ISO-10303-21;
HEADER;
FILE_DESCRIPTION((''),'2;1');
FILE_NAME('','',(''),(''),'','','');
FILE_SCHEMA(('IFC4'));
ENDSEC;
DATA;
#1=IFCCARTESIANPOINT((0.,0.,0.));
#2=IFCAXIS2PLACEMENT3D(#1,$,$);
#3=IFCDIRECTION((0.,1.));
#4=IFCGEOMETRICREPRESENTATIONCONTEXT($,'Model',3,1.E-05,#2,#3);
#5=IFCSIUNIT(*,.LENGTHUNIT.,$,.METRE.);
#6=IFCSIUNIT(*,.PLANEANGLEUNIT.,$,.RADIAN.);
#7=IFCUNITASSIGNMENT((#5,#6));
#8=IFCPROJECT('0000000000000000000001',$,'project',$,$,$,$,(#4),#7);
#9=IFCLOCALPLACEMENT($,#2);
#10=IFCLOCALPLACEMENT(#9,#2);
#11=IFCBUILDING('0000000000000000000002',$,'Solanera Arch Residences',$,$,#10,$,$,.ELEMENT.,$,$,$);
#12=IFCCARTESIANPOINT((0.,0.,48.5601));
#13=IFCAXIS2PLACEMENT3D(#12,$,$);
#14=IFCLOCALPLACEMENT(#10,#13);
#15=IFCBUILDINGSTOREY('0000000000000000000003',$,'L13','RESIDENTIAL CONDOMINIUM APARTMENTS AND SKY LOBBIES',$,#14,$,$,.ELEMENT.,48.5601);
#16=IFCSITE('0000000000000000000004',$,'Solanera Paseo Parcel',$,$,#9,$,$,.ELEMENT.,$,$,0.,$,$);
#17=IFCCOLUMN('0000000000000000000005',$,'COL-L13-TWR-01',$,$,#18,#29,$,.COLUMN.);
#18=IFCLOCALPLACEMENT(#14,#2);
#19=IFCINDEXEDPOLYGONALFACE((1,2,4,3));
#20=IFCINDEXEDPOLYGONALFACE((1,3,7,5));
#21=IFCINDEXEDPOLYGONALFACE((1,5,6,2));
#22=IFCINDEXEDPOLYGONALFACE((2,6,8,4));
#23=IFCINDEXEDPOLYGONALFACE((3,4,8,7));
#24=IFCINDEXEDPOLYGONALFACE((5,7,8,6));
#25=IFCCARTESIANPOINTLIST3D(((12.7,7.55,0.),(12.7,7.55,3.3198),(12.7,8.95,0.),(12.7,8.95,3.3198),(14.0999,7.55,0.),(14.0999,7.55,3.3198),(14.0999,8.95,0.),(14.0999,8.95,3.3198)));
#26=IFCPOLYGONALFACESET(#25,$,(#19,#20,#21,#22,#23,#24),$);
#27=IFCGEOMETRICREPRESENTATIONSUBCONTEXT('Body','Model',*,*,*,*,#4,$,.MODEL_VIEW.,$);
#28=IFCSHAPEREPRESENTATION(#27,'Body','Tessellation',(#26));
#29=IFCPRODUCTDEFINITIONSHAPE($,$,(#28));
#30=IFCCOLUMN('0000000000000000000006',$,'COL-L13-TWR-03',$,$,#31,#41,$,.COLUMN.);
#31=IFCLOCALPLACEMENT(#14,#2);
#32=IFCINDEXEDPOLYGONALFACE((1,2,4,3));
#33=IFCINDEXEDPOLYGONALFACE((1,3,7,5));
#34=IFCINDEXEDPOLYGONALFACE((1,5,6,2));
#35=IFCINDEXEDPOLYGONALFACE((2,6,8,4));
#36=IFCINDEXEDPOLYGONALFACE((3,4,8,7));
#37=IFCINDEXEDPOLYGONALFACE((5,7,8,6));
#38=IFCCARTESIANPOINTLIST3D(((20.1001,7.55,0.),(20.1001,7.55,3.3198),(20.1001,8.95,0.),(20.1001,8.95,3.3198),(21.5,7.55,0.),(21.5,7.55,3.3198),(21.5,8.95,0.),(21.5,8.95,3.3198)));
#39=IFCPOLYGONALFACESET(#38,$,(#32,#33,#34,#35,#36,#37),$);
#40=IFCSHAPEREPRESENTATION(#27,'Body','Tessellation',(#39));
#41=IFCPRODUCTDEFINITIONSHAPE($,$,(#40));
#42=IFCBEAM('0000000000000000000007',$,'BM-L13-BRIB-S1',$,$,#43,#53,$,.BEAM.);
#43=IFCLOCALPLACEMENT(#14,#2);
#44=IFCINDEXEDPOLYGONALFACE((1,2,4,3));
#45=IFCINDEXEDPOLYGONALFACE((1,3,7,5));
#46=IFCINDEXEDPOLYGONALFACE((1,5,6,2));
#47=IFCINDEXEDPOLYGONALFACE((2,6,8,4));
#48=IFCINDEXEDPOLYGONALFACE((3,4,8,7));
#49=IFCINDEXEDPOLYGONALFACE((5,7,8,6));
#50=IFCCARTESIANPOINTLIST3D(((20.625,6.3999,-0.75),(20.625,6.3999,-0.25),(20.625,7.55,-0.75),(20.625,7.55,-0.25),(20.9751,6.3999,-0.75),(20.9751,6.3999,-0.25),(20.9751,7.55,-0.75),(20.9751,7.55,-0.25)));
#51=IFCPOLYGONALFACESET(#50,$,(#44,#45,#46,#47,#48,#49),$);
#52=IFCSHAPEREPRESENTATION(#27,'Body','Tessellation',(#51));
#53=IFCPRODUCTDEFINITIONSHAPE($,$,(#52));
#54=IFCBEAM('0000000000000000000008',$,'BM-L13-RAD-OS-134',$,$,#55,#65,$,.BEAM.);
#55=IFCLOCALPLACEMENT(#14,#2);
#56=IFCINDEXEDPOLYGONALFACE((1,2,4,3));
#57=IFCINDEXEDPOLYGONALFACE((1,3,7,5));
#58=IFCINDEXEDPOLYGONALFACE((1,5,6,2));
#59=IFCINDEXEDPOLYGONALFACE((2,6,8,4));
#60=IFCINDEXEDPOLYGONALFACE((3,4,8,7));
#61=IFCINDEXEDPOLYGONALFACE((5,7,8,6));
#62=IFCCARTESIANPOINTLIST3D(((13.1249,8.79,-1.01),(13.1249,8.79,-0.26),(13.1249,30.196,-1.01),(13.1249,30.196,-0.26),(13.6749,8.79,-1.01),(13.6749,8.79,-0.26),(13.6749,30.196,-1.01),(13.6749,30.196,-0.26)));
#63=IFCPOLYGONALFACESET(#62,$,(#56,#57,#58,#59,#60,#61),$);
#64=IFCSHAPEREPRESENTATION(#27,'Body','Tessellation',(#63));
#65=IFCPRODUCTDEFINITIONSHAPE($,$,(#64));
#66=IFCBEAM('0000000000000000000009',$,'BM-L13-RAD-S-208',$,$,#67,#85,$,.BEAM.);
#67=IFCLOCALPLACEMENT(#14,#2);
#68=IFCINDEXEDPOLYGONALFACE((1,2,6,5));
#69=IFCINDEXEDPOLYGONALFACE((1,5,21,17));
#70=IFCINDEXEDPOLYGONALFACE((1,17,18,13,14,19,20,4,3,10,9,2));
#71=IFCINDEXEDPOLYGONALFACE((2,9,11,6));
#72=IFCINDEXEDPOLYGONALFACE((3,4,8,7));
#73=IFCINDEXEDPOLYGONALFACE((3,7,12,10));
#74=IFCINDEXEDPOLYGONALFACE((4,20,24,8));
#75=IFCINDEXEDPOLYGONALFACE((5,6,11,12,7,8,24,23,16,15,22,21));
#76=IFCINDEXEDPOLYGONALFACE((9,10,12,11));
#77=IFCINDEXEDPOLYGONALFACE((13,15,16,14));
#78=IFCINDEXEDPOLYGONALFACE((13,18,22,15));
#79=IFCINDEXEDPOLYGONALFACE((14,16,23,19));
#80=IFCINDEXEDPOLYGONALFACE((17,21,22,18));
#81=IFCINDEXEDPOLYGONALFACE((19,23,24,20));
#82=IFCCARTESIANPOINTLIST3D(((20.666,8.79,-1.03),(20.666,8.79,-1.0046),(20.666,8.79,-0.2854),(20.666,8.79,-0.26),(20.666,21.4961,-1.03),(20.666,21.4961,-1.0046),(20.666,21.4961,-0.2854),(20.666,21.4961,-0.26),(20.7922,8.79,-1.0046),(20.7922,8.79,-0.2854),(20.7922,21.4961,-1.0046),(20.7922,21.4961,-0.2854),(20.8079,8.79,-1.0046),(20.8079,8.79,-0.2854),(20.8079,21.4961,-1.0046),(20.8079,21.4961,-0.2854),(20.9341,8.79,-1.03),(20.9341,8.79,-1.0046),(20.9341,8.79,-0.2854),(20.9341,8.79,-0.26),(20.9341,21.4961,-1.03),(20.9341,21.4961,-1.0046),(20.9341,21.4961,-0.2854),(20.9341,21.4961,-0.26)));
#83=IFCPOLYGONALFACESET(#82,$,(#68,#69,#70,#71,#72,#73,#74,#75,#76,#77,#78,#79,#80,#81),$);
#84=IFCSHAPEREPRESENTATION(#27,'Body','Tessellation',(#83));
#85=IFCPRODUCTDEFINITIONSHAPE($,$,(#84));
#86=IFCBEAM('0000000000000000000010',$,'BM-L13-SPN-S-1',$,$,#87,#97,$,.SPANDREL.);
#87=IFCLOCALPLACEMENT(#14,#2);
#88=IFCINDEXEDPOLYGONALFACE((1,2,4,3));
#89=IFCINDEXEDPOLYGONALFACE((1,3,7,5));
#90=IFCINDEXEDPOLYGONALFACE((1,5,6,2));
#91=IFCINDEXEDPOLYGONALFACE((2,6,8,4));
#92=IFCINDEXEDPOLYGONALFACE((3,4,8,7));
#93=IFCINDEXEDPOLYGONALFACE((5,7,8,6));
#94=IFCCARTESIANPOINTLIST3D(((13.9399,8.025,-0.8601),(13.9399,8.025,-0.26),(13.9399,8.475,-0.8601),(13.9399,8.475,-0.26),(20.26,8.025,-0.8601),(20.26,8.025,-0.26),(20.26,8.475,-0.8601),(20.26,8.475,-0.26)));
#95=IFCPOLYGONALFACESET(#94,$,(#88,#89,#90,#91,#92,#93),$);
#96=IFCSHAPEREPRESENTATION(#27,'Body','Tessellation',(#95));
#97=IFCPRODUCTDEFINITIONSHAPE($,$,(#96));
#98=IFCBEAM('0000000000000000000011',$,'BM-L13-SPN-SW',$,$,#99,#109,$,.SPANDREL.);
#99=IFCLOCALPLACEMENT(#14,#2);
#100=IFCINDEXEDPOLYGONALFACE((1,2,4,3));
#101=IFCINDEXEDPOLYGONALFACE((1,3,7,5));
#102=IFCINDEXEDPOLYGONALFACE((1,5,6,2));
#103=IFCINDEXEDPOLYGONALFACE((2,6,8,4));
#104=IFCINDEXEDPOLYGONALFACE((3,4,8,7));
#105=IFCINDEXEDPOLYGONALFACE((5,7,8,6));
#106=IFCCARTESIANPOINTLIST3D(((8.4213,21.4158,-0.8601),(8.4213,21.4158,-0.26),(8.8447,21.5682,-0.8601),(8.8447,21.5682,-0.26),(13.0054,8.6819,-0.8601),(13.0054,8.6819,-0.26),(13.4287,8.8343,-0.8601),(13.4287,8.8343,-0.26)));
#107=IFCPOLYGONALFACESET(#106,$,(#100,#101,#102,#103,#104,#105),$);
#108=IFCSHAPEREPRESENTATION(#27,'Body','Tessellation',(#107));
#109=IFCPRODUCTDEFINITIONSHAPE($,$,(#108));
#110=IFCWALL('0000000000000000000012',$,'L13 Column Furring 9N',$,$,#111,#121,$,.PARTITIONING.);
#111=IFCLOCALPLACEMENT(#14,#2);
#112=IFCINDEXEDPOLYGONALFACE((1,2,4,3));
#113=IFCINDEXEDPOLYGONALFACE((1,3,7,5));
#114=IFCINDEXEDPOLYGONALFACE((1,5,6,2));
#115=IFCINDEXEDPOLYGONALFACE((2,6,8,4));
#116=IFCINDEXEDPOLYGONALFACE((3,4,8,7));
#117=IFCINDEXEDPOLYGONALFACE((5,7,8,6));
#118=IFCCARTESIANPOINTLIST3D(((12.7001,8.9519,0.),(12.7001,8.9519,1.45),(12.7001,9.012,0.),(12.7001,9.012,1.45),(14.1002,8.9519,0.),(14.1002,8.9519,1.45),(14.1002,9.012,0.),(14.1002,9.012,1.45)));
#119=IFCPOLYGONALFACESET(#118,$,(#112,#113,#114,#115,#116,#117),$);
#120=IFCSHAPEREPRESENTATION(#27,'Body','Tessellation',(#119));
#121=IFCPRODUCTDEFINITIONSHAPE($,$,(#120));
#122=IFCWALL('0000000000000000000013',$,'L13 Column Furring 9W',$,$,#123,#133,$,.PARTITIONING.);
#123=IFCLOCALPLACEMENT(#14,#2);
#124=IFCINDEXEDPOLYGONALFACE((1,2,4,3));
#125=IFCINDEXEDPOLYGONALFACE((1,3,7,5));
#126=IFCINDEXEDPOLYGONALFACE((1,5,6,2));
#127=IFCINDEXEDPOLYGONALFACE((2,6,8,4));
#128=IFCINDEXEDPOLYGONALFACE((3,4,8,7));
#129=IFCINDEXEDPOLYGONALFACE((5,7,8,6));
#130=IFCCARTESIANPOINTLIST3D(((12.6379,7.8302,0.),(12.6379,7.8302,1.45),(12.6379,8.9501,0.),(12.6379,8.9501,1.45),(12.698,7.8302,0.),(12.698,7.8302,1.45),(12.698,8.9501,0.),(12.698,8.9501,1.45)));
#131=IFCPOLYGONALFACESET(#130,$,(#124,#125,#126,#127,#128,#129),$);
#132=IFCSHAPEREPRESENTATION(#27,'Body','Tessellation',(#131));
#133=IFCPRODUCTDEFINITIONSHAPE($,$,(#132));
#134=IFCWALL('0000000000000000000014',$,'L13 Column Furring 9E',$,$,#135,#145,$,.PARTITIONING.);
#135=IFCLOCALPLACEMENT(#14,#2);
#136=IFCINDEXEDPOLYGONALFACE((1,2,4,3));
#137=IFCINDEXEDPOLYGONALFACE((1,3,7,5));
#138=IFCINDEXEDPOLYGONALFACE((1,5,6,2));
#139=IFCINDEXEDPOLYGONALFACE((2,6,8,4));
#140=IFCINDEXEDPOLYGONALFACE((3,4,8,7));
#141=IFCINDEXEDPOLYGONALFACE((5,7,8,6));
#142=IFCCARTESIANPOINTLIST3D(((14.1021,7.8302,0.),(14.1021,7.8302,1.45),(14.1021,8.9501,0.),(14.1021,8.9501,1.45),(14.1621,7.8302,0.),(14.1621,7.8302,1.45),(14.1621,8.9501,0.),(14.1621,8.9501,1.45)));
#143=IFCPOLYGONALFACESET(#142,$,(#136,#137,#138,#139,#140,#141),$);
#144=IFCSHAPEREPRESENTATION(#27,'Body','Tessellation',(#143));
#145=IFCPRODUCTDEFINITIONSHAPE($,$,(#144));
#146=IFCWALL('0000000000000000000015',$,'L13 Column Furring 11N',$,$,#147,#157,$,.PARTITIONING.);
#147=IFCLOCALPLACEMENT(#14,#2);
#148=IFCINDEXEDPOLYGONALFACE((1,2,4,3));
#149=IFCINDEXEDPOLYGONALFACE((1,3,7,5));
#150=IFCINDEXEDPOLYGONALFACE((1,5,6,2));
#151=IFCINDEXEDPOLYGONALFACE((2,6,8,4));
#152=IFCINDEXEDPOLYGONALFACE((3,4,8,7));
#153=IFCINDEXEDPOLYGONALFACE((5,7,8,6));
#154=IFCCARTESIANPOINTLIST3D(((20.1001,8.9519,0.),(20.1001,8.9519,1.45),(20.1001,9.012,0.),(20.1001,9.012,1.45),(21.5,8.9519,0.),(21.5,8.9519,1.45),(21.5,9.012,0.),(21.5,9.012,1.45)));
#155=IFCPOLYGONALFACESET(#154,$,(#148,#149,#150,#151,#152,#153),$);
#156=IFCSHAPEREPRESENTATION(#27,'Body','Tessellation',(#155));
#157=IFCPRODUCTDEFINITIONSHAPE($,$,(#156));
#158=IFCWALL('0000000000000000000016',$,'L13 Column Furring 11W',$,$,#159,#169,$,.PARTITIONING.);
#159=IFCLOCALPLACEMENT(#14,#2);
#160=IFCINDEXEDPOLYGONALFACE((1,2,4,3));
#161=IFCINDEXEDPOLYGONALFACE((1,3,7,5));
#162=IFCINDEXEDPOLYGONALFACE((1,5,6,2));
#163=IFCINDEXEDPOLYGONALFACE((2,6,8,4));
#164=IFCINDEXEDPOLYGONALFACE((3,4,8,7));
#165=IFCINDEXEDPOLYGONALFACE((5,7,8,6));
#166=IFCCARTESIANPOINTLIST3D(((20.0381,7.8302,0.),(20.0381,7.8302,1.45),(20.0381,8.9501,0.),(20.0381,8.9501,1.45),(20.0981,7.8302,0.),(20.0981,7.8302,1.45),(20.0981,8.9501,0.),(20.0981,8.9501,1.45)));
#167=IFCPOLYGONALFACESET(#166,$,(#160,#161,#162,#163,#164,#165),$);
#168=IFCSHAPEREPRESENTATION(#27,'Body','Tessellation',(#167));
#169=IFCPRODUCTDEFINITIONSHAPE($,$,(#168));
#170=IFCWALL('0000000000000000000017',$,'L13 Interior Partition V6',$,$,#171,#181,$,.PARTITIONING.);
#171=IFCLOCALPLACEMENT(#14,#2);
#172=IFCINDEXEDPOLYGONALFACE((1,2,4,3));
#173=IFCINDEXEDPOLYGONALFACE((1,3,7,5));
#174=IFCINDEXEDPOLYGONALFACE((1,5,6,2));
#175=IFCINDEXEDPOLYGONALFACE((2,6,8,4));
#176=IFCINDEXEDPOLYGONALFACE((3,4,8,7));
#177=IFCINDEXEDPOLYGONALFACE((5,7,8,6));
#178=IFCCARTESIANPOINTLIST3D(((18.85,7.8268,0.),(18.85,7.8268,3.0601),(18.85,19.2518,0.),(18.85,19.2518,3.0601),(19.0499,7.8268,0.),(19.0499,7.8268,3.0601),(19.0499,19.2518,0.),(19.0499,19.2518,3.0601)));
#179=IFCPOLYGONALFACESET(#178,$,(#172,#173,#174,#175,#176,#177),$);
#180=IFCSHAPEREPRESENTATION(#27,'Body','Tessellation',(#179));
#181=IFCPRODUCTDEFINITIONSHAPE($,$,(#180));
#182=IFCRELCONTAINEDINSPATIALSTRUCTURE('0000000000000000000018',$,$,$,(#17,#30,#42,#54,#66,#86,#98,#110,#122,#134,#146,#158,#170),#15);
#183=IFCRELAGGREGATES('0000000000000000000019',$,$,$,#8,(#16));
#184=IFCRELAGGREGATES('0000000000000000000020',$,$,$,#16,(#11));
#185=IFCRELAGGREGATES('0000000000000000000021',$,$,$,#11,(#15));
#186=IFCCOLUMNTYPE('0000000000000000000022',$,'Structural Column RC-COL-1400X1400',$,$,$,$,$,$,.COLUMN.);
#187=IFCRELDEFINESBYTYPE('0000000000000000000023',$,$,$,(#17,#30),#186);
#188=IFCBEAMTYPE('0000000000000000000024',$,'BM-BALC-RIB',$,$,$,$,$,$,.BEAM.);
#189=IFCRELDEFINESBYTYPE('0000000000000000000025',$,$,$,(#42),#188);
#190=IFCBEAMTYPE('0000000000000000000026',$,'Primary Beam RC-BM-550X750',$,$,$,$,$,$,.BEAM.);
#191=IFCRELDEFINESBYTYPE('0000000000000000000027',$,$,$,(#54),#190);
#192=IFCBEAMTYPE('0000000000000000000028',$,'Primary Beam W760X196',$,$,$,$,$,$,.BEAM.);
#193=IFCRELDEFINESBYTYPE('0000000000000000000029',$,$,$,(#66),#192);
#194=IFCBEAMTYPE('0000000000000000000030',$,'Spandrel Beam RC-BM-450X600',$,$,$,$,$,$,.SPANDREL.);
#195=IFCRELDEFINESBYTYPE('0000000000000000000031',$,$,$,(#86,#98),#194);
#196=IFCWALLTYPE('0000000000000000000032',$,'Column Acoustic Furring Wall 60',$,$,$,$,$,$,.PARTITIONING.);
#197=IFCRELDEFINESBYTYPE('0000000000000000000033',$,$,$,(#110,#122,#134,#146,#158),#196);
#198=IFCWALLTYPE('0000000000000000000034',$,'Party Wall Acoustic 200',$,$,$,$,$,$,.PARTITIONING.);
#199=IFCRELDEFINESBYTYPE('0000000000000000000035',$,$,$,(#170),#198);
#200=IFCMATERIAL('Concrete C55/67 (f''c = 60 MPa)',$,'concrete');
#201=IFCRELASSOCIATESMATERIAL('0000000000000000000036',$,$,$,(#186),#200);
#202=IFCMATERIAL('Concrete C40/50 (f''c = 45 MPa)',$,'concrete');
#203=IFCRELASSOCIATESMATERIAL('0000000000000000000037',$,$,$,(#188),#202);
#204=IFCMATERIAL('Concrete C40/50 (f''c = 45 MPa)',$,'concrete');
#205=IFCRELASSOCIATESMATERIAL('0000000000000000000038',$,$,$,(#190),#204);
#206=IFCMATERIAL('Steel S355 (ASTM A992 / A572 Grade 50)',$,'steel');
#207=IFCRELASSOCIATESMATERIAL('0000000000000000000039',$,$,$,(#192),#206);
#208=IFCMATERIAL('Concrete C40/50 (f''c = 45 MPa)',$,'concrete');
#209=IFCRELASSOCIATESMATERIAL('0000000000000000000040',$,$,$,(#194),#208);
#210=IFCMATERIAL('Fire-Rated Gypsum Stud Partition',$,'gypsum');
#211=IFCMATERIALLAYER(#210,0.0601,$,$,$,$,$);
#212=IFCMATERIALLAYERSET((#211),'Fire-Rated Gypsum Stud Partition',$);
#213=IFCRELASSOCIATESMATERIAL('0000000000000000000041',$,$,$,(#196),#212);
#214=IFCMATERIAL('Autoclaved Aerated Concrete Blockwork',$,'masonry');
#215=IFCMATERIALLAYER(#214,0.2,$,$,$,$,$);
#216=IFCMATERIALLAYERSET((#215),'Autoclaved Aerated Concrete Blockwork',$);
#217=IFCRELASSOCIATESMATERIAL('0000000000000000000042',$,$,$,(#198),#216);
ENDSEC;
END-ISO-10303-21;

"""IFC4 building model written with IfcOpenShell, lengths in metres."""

from ifc_helpers import new_model, si_unit, direction, frame, frame_2d, origin, origin_2d, place, context, subcontext, project, spatial, rectangle, i_section, extrude, material, layer, layer_set, material_profile, profile_set, type_object, element, save


model = new_model("IFC4")

# Units and contexts
model_context = context("Model", 3, precision=1e-05, world=origin(), true_north=direction((0.0, 1.0)))
body_context = subcontext(model_context, "Body", "Model", "MODEL_VIEW")
ifc_project = project(units=[si_unit("LENGTHUNIT", "METRE"), si_unit("PLANEANGLEUNIT", "RADIAN")], contexts=[model_context])

# Site, building, storey
site_placement = place(None, origin())
site = spatial("IfcSite", under=ifc_project, at=site_placement, Name="Solanera Paseo Parcel", CompositionType="ELEMENT", RefElevation=0.0)
building_placement = place(site_placement, origin())
building = spatial("IfcBuilding", under=site, at=building_placement, Name="Solanera Arch Residences", CompositionType="ELEMENT")
storey_placement = place(building_placement, frame((0.0, 0.0, 48.5601)))
storey = spatial("IfcBuildingStorey", under=building, at=storey_placement, Name="L13", Description="RESIDENTIAL CONDOMINIUM APARTMENTS AND SKY LOBBIES", CompositionType="ELEMENT", Elevation=48.5601)

# Columns
ifc_material_1 = material(Name="Concrete C55/67 (f'c = 60 MPa)", Category="concrete")
ifc_material_profile_1 = material_profile(ifc_material_1, rectangle(XDim=1.3999, YDim=1.3999, at=origin_2d()))
ifc_profile_set_1 = profile_set([ifc_material_profile_1], Name="Concrete C55/67 (f'c = 60 MPa)")
column_type = type_object("IfcColumnType", Name="Structural Column RC-COL-1400X1400", PredefinedType="COLUMN", material=ifc_profile_set_1)
for number, where, z_axis, x_axis, name in (
    (1, (13.3999, 8.25, 0.0), (0.0, 0.0, 1.0), (1.0, 0.0, 0.0), "COL-L13-TWR-01"),
    (2, (20.8, 8.25, 0.0), (0.0, 0.0, 1.0), (1.0, 0.0, 0.0), "COL-L13-TWR-03"),
):
    element("IfcColumn", number, at=place(storey_placement, frame(where, z_axis=z_axis, x_axis=x_axis)), inside=storey, type_object=column_type, Name=name, PredefinedType="COLUMN", context=body_context, shape_type="SweptSolid", body=[
        extrude(rectangle(XDim=1.3999, YDim=1.3999, at=origin_2d()), origin(), (0.0, 0.0, 1.0), 3.3198),
    ])

# Beams
ifc_material_2 = material(Name="Concrete C40/50 (f'c = 45 MPa)", Category="concrete")
ifc_material_profile_2 = material_profile(ifc_material_2, rectangle(XDim=0.3501, YDim=0.5, at=origin_2d()))
ifc_profile_set_2 = profile_set([ifc_material_profile_2], Name="Concrete C40/50 (f'c = 45 MPa)")
beam_type_1 = type_object("IfcBeamType", Name="BM-BALC-RIB", PredefinedType="BEAM", material=ifc_profile_set_2)
beam_1_placement = place(storey_placement, frame((20.8, 6.3999, -0.5), z_axis=(0.0, 1.0, 0.0), x_axis=(-1.0, 0.0, 0.0)))
element("IfcBeam", 3, at=beam_1_placement, inside=storey, type_object=beam_type_1, Name="BM-L13-BRIB-S1", PredefinedType="BEAM", context=body_context, shape_type="SweptSolid", body=[
    extrude(rectangle(XDim=0.3501, YDim=0.5, at=origin_2d()), origin(), (0.0, 0.0, 1.0), 1.1501),
])
ifc_material_3 = material(Name="Concrete C40/50 (f'c = 45 MPa)", Category="concrete")
ifc_material_profile_3 = material_profile(ifc_material_3, rectangle(XDim=0.55, YDim=0.75, at=origin_2d()))
ifc_profile_set_3 = profile_set([ifc_material_profile_3], Name="Concrete C40/50 (f'c = 45 MPa)")
beam_type_2 = type_object("IfcBeamType", Name="Primary Beam RC-BM-550X750", PredefinedType="BEAM", material=ifc_profile_set_3)
beam_2_placement = place(storey_placement, frame((13.3999, 8.79, -0.635), z_axis=(0.0, 1.0, 0.0), x_axis=(-1.0, 0.0, 0.0)))
element("IfcBeam", 4, at=beam_2_placement, inside=storey, type_object=beam_type_2, Name="BM-L13-RAD-OS-134", PredefinedType="BEAM", context=body_context, shape_type="SweptSolid", body=[
    extrude(rectangle(XDim=0.55, YDim=0.75, at=origin_2d()), origin(), (0.0, 0.0, 1.0), 21.406),
])
ifc_material_4 = material(Name="Steel S355 (ASTM A992 / A572 Grade 50)", Category="steel")
ifc_material_profile_4 = material_profile(ifc_material_4, i_section(OverallWidth=0.2681, OverallDepth=0.77, WebThickness=0.0156, FlangeThickness=0.0254, at=origin_2d()))
ifc_profile_set_4 = profile_set([ifc_material_profile_4], Name="Steel S355 (ASTM A992 / A572 Grade 50)")
beam_type_3 = type_object("IfcBeamType", Name="Primary Beam W760X196", PredefinedType="BEAM", material=ifc_profile_set_4)
beam_3_placement = place(storey_placement, frame((20.8, 8.79, -0.645), z_axis=(0.0, 1.0, 0.0), x_axis=(-1.0, 0.0, 0.0)))
element("IfcBeam", 5, at=beam_3_placement, inside=storey, type_object=beam_type_3, Name="BM-L13-RAD-S-208", PredefinedType="BEAM", context=body_context, shape_type="SweptSolid", body=[
    extrude(i_section(OverallWidth=0.2681, OverallDepth=0.77, WebThickness=0.0156, FlangeThickness=0.0254, at=origin_2d()), origin(), (0.0, 0.0, 1.0), 12.7061),
])
ifc_material_5 = material(Name="Concrete C40/50 (f'c = 45 MPa)", Category="concrete")
ifc_material_profile_5 = material_profile(ifc_material_5, rectangle(XDim=0.45, YDim=0.6001, at=origin_2d()))
ifc_profile_set_5 = profile_set([ifc_material_profile_5], Name="Concrete C40/50 (f'c = 45 MPa)")
beam_type_4 = type_object("IfcBeamType", Name="Spandrel Beam RC-BM-450X600", PredefinedType="SPANDREL", material=ifc_profile_set_5)
beam_4_placement = place(storey_placement, frame((13.9399, 8.25, -0.5601), z_axis=(1.0, 0.0, 0.0), x_axis=(0.0, 1.0, 0.0)))
element("IfcBeam", 6, at=beam_4_placement, inside=storey, type_object=beam_type_4, Name="BM-L13-SPN-S-1", PredefinedType="SPANDREL", context=body_context, shape_type="SweptSolid", body=[
    extrude(rectangle(XDim=0.45, YDim=0.6001, at=origin_2d()), origin(), (0.0, 0.0, 1.0), 6.3201),
])
beam_5_placement = place(storey_placement, frame((13.217, 8.7581, -0.5601), z_axis=(-0.338705, 0.940892, 0.0), x_axis=(-0.940892, -0.338705, 0.0)))
element("IfcBeam", 7, at=beam_5_placement, inside=storey, type_object=beam_type_4, Name="BM-L13-SPN-SW", PredefinedType="SPANDREL", context=body_context, shape_type="SweptSolid", body=[
    extrude(rectangle(XDim=0.45, YDim=0.6001, at=origin_2d()), origin(), (0.0, 0.0, 1.0), 13.5339),
])

# Walls
ifc_material_6 = material(Name="Fire-Rated Gypsum Stud Partition", Category="gypsum")
ifc_layer_1 = layer(ifc_material_6, 0.0601)
ifc_layer_set_1 = layer_set([ifc_layer_1], Name="Fire-Rated Gypsum Stud Partition")
wall_type_1 = type_object("IfcWallType", Name="Column Acoustic Furring Wall 60", PredefinedType="PARTITIONING", material=ifc_layer_set_1)
wall_1_placement = place(storey_placement, frame((12.7, 8.9819, 0.0), z_axis=(0.0, 0.0, 1.0), x_axis=(1.0, 0.0, 0.0)))
element("IfcWall", 8, at=wall_1_placement, inside=storey, type_object=wall_type_1, Name="L13 Column Furring 9N", PredefinedType="PARTITIONING", context=body_context, shape_type="SweptSolid", body=[
    extrude(rectangle(XDim=1.4001, YDim=0.0601, at=frame_2d((0.7002, 0.0))), origin(), (0.0, 0.0, 1.0), 1.45),
])
for number, where, z_axis, x_axis, name in (
    (9, (12.668, 7.8301, 0.0), (0.0, 0.0, 1.0), (0.0, 1.0, 0.0), "L13 Column Furring 9W"),
    (10, (14.1321, 7.8301, 0.0), (0.0, 0.0, 1.0), (0.0, 1.0, 0.0), "L13 Column Furring 9E"),
):
    element("IfcWall", number, at=place(storey_placement, frame(where, z_axis=z_axis, x_axis=x_axis)), inside=storey, type_object=wall_type_1, Name=name, PredefinedType="PARTITIONING", context=body_context, shape_type="SweptSolid", body=[
        extrude(rectangle(XDim=1.1199, YDim=0.0601, at=frame_2d((0.5601, 0.0))), origin(), (0.0, 0.0, 1.0), 1.45),
    ])
wall_2_placement = place(storey_placement, frame((20.1001, 8.9819, 0.0), z_axis=(0.0, 0.0, 1.0), x_axis=(1.0, 0.0, 0.0)))
element("IfcWall", 11, at=wall_2_placement, inside=storey, type_object=wall_type_1, Name="L13 Column Furring 11N", PredefinedType="PARTITIONING", context=body_context, shape_type="SweptSolid", body=[
    extrude(rectangle(XDim=1.3999, YDim=0.0601, at=frame_2d((0.7, 0.0))), origin(), (0.0, 0.0, 1.0), 1.45),
])
wall_3_placement = place(storey_placement, frame((20.0681, 7.8301, 0.0), z_axis=(0.0, 0.0, 1.0), x_axis=(0.0, 1.0, 0.0)))
element("IfcWall", 12, at=wall_3_placement, inside=storey, type_object=wall_type_1, Name="L13 Column Furring 11W", PredefinedType="PARTITIONING", context=body_context, shape_type="SweptSolid", body=[
    extrude(rectangle(XDim=1.1199, YDim=0.0601, at=frame_2d((0.5601, 0.0))), origin(), (0.0, 0.0, 1.0), 1.45),
])
ifc_material_7 = material(Name="Autoclaved Aerated Concrete Blockwork", Category="masonry")
ifc_layer_2 = layer(ifc_material_7, 0.2)
ifc_layer_set_2 = layer_set([ifc_layer_2], Name="Autoclaved Aerated Concrete Blockwork")
wall_type_2 = type_object("IfcWallType", Name="Party Wall Acoustic 200", PredefinedType="PARTITIONING", material=ifc_layer_set_2)
wall_4_placement = place(storey_placement, frame((18.95, 7.8269, 0.0), z_axis=(0.0, 0.0, 1.0), x_axis=(0.0, 1.0, 0.0)))
element("IfcWall", 13, at=wall_4_placement, inside=storey, type_object=wall_type_2, Name="L13 Interior Partition V6", PredefinedType="PARTITIONING", context=body_context, shape_type="SweptSolid", body=[
    extrude(rectangle(XDim=11.425, YDim=0.2, at=frame_2d((5.7124, 0.0))), origin(), (0.0, 0.0, 1.0), 3.0601),
])

save(model, "model.ifc")
